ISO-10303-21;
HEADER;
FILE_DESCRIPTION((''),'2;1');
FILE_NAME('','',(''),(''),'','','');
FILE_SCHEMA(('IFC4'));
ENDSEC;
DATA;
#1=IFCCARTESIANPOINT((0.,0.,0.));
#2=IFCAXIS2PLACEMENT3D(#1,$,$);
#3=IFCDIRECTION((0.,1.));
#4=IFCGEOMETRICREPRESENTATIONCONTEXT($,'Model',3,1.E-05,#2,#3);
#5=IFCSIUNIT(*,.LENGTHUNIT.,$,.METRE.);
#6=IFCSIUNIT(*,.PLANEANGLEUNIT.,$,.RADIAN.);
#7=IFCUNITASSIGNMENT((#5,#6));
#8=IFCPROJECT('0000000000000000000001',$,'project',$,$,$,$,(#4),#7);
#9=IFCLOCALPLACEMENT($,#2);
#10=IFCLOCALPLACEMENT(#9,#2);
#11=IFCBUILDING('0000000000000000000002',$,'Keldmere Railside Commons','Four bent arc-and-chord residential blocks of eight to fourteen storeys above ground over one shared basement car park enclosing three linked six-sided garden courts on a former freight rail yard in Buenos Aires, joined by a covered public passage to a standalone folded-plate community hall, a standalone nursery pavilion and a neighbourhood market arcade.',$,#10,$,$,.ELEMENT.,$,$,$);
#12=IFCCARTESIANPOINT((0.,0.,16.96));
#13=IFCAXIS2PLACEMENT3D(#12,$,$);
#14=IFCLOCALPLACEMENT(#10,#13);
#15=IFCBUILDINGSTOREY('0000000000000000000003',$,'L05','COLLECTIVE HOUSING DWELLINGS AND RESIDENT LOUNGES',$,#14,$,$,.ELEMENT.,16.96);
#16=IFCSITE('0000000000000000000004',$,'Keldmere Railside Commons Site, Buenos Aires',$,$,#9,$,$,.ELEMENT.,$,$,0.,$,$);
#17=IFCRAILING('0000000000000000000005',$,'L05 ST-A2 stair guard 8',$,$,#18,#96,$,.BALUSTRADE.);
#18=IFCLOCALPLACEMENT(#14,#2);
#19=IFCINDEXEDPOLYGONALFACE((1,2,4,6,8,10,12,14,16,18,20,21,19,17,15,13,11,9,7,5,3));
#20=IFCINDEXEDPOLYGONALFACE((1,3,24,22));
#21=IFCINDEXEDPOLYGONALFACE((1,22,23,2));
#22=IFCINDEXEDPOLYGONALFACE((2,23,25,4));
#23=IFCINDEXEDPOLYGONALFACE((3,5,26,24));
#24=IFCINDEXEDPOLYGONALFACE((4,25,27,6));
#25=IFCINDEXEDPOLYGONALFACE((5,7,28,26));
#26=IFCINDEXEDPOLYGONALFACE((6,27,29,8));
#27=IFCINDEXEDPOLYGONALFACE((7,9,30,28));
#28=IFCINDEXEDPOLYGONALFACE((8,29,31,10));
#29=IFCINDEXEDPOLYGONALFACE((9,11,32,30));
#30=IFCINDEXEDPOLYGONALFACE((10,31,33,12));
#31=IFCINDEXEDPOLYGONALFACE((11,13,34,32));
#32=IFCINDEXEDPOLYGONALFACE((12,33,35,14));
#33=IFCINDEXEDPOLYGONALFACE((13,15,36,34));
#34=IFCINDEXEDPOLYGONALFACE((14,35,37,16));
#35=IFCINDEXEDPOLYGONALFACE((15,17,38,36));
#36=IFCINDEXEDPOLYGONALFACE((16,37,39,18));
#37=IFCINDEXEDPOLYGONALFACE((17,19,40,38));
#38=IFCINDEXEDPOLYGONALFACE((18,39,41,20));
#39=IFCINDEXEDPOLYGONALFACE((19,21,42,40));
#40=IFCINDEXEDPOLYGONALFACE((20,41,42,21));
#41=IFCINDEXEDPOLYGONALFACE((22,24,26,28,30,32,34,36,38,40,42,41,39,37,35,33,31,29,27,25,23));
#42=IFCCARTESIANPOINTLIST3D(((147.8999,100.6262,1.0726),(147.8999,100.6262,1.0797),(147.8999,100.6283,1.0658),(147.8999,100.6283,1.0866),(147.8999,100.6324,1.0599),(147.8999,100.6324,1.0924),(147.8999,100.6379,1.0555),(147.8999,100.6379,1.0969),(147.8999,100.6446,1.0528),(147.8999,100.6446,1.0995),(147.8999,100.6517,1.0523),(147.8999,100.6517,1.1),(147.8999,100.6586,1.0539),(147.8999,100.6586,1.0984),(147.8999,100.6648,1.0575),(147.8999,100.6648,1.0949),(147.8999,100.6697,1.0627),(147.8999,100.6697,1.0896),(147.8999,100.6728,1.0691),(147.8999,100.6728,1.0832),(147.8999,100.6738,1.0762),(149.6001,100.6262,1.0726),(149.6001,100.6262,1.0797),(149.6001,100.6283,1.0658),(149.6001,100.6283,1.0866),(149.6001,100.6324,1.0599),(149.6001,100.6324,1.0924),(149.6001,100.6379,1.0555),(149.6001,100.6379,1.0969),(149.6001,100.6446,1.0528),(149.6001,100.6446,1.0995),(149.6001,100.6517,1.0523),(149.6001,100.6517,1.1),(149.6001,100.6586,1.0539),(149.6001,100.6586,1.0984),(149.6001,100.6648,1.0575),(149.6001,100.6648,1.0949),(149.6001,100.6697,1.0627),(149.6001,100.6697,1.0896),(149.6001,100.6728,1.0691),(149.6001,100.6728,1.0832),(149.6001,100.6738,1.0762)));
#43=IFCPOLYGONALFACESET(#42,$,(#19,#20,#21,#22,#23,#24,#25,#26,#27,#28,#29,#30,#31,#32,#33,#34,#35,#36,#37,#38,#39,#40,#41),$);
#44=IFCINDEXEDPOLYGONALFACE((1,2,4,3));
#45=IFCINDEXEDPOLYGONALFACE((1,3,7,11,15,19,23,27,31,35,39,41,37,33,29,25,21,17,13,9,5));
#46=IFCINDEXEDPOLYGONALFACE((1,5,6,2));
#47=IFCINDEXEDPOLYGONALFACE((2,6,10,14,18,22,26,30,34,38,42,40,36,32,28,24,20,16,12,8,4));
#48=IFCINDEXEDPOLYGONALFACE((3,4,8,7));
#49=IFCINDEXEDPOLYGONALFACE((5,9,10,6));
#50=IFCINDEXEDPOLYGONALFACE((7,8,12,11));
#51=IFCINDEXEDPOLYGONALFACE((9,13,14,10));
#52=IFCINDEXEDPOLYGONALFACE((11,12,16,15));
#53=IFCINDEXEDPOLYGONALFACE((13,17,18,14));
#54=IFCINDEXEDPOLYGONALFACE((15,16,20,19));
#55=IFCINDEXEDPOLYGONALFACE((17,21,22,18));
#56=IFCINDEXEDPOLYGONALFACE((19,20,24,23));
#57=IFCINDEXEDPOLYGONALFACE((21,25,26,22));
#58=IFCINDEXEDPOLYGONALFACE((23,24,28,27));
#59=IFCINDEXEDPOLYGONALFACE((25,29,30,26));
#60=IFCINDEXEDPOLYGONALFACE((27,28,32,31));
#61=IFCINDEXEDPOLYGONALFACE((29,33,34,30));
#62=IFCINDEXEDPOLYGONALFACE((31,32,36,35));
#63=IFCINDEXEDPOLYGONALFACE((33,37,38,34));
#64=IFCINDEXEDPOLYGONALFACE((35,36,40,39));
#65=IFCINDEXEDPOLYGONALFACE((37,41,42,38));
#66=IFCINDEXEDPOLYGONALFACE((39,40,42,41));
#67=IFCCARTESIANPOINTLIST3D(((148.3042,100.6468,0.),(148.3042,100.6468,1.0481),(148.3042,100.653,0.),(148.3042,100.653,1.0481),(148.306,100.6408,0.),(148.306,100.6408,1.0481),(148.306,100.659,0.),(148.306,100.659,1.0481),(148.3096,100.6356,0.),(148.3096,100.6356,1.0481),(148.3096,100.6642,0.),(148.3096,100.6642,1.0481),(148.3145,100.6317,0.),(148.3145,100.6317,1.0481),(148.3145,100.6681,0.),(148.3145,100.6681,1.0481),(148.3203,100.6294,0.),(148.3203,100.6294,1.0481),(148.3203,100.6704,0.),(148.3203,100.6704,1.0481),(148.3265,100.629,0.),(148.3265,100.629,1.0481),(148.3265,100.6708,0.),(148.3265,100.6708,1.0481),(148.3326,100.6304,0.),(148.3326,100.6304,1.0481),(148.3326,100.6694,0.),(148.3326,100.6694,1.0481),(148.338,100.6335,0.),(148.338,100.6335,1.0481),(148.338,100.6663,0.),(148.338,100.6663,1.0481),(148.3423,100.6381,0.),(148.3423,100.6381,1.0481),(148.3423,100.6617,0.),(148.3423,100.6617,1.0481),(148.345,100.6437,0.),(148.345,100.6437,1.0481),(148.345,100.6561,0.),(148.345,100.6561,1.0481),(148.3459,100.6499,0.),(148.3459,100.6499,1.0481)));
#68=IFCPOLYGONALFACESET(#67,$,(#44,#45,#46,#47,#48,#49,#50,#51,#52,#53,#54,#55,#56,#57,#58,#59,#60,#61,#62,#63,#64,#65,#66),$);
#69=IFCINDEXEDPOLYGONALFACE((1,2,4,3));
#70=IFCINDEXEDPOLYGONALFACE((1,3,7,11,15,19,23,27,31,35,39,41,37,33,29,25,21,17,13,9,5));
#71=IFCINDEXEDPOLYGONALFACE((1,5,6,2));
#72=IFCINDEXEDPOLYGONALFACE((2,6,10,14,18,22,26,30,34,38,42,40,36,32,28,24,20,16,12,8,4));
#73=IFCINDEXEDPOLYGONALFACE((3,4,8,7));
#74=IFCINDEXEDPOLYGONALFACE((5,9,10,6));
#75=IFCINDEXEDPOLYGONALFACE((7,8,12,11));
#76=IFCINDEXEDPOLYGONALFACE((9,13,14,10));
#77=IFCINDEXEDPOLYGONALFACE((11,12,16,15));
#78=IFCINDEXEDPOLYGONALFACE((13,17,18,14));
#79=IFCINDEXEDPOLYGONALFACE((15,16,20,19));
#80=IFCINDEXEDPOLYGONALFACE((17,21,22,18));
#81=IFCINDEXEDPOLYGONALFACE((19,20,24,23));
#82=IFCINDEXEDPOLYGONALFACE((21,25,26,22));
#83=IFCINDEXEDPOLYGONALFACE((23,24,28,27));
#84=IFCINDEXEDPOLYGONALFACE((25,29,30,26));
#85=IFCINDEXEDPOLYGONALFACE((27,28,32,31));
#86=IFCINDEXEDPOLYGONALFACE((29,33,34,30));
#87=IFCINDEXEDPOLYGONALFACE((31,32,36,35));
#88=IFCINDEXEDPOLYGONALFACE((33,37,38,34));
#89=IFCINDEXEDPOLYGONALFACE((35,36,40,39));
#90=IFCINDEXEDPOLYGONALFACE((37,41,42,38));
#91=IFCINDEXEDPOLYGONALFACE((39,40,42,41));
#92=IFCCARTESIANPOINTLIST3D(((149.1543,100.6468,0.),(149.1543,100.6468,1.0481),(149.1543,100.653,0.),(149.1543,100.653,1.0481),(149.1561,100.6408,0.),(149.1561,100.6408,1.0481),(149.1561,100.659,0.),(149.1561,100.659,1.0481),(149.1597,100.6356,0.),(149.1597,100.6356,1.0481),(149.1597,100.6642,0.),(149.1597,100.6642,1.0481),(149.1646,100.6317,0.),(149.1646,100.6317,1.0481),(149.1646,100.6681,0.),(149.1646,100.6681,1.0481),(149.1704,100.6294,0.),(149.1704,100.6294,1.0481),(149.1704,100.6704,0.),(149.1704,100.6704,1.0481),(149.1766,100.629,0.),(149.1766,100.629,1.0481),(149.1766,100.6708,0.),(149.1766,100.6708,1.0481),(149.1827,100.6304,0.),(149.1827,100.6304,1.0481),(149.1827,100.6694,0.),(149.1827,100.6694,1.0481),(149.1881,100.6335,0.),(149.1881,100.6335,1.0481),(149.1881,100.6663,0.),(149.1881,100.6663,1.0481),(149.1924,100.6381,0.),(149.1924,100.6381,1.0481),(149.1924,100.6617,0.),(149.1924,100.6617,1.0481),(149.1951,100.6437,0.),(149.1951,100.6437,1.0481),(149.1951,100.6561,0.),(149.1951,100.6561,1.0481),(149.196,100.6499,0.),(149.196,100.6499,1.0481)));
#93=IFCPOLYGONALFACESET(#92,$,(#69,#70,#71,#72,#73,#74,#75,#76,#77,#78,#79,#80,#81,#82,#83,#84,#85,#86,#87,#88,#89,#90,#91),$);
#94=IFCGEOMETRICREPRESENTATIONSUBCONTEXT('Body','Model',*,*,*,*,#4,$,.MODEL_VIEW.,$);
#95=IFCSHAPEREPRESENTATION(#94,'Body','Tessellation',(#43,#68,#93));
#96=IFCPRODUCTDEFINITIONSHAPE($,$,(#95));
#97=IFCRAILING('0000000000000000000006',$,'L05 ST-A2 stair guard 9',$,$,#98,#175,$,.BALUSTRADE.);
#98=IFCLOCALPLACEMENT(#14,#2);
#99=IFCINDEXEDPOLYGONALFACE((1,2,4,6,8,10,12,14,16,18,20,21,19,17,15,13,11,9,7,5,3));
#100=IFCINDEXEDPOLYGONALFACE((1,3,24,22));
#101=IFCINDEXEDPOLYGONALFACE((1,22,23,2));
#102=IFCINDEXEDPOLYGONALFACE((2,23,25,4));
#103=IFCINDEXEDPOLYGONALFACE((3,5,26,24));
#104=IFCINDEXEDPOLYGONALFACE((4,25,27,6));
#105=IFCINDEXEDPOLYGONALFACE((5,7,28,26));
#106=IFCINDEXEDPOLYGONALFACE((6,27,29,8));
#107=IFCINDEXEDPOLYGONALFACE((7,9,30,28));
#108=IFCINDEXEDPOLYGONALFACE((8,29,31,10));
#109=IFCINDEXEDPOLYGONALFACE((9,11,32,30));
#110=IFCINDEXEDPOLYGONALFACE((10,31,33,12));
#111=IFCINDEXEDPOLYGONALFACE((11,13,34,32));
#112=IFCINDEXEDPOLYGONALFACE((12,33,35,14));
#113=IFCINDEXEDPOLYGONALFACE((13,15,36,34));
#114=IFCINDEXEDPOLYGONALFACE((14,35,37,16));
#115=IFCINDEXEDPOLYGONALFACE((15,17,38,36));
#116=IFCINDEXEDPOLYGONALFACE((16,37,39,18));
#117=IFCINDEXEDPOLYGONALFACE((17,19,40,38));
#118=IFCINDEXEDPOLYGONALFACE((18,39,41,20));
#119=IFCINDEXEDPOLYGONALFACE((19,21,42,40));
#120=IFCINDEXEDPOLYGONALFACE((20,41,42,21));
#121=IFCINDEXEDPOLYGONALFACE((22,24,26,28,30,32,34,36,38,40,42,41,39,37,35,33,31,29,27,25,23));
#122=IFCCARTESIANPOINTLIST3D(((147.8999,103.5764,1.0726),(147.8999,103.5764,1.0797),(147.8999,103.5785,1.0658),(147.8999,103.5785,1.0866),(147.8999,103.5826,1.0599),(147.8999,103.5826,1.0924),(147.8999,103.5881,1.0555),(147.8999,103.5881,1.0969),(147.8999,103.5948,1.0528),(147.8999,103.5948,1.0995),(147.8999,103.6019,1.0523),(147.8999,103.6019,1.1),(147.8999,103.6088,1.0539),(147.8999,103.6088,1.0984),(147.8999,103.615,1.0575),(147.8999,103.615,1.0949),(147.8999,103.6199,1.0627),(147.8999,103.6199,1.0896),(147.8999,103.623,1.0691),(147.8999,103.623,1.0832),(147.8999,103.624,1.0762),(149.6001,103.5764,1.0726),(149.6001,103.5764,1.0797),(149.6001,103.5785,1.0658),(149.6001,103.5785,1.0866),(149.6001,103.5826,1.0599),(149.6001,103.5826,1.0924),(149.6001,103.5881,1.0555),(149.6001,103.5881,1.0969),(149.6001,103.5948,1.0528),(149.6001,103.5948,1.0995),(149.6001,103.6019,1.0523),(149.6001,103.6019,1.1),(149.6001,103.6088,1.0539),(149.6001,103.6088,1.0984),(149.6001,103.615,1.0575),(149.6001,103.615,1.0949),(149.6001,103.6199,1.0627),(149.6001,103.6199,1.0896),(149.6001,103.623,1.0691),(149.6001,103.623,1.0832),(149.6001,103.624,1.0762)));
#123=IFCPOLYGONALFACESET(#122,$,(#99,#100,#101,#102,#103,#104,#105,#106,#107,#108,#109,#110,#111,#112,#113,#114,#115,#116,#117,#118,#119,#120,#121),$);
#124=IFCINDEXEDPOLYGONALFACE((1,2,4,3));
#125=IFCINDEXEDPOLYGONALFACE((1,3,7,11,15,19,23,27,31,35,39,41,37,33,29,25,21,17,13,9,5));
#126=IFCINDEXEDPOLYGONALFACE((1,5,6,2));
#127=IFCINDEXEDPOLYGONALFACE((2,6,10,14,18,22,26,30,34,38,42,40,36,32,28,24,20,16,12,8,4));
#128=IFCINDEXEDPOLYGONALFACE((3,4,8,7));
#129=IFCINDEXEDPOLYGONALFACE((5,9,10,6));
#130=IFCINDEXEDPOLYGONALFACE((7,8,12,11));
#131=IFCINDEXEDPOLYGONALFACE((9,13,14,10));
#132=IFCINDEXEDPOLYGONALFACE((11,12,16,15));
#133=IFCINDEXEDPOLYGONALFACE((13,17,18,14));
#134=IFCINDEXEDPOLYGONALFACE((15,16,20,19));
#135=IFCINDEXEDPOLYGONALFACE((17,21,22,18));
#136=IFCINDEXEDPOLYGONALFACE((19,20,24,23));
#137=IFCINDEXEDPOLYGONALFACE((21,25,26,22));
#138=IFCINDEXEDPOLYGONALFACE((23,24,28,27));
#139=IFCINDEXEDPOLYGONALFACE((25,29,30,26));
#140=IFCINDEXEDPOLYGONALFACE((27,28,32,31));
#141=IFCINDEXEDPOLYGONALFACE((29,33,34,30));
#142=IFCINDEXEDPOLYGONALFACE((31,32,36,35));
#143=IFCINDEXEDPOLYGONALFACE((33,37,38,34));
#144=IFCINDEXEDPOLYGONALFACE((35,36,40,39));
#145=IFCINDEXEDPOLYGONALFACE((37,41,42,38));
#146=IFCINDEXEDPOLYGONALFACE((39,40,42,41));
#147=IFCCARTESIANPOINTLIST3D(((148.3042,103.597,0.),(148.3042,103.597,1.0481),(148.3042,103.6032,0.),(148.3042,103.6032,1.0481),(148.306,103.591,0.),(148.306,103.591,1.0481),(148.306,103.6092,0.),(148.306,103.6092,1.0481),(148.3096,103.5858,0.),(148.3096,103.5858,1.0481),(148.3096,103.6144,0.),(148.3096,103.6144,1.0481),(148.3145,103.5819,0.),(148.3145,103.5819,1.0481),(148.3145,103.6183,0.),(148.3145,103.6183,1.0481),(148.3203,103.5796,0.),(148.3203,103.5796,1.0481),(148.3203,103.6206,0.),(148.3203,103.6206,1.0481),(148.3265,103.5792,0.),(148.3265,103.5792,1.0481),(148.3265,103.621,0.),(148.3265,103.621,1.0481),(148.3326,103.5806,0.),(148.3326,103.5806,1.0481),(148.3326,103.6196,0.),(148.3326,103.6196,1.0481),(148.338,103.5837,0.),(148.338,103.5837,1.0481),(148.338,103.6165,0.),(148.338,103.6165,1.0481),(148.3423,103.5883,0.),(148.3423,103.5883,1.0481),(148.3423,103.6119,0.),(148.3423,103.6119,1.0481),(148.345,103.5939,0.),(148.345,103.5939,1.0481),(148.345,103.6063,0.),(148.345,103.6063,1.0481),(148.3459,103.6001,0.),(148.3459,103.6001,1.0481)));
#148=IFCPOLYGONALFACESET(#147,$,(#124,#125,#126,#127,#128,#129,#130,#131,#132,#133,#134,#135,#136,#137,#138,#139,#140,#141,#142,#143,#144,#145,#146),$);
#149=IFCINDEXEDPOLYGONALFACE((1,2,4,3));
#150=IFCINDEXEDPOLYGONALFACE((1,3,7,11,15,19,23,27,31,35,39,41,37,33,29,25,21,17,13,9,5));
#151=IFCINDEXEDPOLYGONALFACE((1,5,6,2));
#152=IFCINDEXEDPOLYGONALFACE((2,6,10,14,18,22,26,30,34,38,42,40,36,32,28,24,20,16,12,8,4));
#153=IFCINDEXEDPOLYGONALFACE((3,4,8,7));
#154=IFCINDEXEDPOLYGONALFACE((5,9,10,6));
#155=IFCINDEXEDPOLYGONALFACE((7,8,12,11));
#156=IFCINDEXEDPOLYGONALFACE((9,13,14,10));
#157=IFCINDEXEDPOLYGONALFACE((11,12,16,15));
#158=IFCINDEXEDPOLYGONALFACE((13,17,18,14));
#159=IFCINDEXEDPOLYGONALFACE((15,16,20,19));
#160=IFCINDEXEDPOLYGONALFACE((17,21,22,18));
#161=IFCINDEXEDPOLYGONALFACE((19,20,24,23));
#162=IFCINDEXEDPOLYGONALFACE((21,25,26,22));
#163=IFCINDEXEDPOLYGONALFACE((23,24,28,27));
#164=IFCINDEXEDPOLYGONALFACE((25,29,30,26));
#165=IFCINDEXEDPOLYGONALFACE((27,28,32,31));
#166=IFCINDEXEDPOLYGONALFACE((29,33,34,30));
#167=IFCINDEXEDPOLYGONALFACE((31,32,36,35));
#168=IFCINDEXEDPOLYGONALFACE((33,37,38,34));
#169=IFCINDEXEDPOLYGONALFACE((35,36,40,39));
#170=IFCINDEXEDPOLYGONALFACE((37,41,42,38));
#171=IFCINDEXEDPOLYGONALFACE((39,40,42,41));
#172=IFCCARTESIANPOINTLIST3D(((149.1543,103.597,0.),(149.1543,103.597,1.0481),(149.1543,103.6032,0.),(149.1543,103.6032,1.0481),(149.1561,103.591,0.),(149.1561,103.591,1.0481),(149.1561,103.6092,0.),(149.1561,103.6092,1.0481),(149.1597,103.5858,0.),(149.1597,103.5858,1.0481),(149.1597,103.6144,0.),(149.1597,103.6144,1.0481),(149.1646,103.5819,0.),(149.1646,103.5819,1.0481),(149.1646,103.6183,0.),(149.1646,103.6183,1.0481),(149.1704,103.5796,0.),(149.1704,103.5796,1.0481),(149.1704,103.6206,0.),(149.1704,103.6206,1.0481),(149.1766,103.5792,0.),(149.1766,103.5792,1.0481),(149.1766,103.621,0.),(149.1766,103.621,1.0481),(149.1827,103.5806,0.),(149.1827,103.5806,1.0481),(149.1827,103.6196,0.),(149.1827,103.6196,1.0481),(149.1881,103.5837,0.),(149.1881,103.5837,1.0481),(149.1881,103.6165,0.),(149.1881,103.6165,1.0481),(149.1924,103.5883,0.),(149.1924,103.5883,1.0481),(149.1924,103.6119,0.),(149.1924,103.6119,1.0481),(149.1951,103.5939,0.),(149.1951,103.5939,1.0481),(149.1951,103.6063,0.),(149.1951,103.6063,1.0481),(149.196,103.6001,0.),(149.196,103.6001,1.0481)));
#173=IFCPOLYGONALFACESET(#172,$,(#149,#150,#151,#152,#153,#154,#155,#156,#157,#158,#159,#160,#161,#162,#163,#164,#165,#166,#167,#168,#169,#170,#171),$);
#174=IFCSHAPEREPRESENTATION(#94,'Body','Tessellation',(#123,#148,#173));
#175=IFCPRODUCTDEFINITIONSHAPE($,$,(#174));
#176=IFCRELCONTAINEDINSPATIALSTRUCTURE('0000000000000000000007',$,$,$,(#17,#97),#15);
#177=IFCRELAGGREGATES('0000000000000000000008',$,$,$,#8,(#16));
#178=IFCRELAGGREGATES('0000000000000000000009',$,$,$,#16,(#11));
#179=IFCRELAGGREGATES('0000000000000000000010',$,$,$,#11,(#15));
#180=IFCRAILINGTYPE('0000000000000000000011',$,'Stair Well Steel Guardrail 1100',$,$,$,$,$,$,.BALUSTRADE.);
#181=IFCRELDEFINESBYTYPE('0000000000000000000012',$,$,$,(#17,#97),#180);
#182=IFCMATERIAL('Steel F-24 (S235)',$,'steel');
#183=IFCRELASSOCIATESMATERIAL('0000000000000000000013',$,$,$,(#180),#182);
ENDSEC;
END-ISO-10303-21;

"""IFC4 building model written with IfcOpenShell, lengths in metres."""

from ifc_helpers import new_model, si_unit, direction, frame, origin, origin_2d, place, context, subcontext, project, spatial, circle, extrude, material, type_object, element, save


model = new_model("IFC4")

# Units and contexts
model_context = context("Model", 3, precision=1e-05, world=origin(), true_north=direction((0.0, 1.0)))
body_context = subcontext(model_context, "Body", "Model", "MODEL_VIEW")
ifc_project = project(units=[si_unit("LENGTHUNIT", "METRE"), si_unit("PLANEANGLEUNIT", "RADIAN")], contexts=[model_context])

# Site, building, storey
site_placement = place(None, origin())
site = spatial("IfcSite", under=ifc_project, at=site_placement, Name="Keldmere Railside Commons Site, Buenos Aires", CompositionType="ELEMENT", RefElevation=0.0)
building_placement = place(site_placement, origin())
building = spatial("IfcBuilding", under=site, at=building_placement, Name="Keldmere Railside Commons", Description="Four bent arc-and-chord residential blocks of eight to fourteen storeys above ground over one shared basement car park enclosing three linked six-sided garden courts on a former freight rail yard in Buenos Aires, joined by a covered public passage to a standalone folded-plate community hall, a standalone nursery pavilion and a neighbourhood market arcade.", CompositionType="ELEMENT")
storey_placement = place(building_placement, frame((0.0, 0.0, 16.96)))
storey = spatial("IfcBuildingStorey", under=building, at=storey_placement, Name="L05", Description="COLLECTIVE HOUSING DWELLINGS AND RESIDENT LOUNGES", CompositionType="ELEMENT", Elevation=16.96)

# Shared definitions
ifc_material_1 = material(Name="Steel F-24 (S235)", Category="steel")

# Railings
railing_type_1 = type_object("IfcRailingType", Name="Stair Well Steel Guardrail 1100", PredefinedType="BALUSTRADE", material=ifc_material_1)
for number, where, name in (
    (1, (147.8999, 100.6499, 0.0), "L05 ST-A2 stair guard 8"),
    (2, (147.8999, 103.6001, 0.0), "L05 ST-A2 stair guard 9"),
):
    element("IfcRailing", number, at=place(storey_placement, frame(where)), inside=storey, type_object=railing_type_1, Name=name, PredefinedType="BALUSTRADE", context=body_context, shape_type="SweptSolid", body=[
        extrude(circle(Radius=0.0239, at=origin_2d()), frame((0.0, 0.0, 1.0762), z_axis=(1.0, 0.0, 0.0), x_axis=(0.0, 1.0, 0.0)), (0.0, 0.0, 1.0), 1.7002),
        extrude(circle(Radius=0.021, at=origin_2d()), frame((0.425, 0.0, 0.0)), (0.0, 0.0, 1.0), 1.0481),
        extrude(circle(Radius=0.021, at=origin_2d()), frame((1.2751, 0.0, 0.0)), (0.0, 0.0, 1.0), 1.0481),
    ])

save(model, "model.ifc")
